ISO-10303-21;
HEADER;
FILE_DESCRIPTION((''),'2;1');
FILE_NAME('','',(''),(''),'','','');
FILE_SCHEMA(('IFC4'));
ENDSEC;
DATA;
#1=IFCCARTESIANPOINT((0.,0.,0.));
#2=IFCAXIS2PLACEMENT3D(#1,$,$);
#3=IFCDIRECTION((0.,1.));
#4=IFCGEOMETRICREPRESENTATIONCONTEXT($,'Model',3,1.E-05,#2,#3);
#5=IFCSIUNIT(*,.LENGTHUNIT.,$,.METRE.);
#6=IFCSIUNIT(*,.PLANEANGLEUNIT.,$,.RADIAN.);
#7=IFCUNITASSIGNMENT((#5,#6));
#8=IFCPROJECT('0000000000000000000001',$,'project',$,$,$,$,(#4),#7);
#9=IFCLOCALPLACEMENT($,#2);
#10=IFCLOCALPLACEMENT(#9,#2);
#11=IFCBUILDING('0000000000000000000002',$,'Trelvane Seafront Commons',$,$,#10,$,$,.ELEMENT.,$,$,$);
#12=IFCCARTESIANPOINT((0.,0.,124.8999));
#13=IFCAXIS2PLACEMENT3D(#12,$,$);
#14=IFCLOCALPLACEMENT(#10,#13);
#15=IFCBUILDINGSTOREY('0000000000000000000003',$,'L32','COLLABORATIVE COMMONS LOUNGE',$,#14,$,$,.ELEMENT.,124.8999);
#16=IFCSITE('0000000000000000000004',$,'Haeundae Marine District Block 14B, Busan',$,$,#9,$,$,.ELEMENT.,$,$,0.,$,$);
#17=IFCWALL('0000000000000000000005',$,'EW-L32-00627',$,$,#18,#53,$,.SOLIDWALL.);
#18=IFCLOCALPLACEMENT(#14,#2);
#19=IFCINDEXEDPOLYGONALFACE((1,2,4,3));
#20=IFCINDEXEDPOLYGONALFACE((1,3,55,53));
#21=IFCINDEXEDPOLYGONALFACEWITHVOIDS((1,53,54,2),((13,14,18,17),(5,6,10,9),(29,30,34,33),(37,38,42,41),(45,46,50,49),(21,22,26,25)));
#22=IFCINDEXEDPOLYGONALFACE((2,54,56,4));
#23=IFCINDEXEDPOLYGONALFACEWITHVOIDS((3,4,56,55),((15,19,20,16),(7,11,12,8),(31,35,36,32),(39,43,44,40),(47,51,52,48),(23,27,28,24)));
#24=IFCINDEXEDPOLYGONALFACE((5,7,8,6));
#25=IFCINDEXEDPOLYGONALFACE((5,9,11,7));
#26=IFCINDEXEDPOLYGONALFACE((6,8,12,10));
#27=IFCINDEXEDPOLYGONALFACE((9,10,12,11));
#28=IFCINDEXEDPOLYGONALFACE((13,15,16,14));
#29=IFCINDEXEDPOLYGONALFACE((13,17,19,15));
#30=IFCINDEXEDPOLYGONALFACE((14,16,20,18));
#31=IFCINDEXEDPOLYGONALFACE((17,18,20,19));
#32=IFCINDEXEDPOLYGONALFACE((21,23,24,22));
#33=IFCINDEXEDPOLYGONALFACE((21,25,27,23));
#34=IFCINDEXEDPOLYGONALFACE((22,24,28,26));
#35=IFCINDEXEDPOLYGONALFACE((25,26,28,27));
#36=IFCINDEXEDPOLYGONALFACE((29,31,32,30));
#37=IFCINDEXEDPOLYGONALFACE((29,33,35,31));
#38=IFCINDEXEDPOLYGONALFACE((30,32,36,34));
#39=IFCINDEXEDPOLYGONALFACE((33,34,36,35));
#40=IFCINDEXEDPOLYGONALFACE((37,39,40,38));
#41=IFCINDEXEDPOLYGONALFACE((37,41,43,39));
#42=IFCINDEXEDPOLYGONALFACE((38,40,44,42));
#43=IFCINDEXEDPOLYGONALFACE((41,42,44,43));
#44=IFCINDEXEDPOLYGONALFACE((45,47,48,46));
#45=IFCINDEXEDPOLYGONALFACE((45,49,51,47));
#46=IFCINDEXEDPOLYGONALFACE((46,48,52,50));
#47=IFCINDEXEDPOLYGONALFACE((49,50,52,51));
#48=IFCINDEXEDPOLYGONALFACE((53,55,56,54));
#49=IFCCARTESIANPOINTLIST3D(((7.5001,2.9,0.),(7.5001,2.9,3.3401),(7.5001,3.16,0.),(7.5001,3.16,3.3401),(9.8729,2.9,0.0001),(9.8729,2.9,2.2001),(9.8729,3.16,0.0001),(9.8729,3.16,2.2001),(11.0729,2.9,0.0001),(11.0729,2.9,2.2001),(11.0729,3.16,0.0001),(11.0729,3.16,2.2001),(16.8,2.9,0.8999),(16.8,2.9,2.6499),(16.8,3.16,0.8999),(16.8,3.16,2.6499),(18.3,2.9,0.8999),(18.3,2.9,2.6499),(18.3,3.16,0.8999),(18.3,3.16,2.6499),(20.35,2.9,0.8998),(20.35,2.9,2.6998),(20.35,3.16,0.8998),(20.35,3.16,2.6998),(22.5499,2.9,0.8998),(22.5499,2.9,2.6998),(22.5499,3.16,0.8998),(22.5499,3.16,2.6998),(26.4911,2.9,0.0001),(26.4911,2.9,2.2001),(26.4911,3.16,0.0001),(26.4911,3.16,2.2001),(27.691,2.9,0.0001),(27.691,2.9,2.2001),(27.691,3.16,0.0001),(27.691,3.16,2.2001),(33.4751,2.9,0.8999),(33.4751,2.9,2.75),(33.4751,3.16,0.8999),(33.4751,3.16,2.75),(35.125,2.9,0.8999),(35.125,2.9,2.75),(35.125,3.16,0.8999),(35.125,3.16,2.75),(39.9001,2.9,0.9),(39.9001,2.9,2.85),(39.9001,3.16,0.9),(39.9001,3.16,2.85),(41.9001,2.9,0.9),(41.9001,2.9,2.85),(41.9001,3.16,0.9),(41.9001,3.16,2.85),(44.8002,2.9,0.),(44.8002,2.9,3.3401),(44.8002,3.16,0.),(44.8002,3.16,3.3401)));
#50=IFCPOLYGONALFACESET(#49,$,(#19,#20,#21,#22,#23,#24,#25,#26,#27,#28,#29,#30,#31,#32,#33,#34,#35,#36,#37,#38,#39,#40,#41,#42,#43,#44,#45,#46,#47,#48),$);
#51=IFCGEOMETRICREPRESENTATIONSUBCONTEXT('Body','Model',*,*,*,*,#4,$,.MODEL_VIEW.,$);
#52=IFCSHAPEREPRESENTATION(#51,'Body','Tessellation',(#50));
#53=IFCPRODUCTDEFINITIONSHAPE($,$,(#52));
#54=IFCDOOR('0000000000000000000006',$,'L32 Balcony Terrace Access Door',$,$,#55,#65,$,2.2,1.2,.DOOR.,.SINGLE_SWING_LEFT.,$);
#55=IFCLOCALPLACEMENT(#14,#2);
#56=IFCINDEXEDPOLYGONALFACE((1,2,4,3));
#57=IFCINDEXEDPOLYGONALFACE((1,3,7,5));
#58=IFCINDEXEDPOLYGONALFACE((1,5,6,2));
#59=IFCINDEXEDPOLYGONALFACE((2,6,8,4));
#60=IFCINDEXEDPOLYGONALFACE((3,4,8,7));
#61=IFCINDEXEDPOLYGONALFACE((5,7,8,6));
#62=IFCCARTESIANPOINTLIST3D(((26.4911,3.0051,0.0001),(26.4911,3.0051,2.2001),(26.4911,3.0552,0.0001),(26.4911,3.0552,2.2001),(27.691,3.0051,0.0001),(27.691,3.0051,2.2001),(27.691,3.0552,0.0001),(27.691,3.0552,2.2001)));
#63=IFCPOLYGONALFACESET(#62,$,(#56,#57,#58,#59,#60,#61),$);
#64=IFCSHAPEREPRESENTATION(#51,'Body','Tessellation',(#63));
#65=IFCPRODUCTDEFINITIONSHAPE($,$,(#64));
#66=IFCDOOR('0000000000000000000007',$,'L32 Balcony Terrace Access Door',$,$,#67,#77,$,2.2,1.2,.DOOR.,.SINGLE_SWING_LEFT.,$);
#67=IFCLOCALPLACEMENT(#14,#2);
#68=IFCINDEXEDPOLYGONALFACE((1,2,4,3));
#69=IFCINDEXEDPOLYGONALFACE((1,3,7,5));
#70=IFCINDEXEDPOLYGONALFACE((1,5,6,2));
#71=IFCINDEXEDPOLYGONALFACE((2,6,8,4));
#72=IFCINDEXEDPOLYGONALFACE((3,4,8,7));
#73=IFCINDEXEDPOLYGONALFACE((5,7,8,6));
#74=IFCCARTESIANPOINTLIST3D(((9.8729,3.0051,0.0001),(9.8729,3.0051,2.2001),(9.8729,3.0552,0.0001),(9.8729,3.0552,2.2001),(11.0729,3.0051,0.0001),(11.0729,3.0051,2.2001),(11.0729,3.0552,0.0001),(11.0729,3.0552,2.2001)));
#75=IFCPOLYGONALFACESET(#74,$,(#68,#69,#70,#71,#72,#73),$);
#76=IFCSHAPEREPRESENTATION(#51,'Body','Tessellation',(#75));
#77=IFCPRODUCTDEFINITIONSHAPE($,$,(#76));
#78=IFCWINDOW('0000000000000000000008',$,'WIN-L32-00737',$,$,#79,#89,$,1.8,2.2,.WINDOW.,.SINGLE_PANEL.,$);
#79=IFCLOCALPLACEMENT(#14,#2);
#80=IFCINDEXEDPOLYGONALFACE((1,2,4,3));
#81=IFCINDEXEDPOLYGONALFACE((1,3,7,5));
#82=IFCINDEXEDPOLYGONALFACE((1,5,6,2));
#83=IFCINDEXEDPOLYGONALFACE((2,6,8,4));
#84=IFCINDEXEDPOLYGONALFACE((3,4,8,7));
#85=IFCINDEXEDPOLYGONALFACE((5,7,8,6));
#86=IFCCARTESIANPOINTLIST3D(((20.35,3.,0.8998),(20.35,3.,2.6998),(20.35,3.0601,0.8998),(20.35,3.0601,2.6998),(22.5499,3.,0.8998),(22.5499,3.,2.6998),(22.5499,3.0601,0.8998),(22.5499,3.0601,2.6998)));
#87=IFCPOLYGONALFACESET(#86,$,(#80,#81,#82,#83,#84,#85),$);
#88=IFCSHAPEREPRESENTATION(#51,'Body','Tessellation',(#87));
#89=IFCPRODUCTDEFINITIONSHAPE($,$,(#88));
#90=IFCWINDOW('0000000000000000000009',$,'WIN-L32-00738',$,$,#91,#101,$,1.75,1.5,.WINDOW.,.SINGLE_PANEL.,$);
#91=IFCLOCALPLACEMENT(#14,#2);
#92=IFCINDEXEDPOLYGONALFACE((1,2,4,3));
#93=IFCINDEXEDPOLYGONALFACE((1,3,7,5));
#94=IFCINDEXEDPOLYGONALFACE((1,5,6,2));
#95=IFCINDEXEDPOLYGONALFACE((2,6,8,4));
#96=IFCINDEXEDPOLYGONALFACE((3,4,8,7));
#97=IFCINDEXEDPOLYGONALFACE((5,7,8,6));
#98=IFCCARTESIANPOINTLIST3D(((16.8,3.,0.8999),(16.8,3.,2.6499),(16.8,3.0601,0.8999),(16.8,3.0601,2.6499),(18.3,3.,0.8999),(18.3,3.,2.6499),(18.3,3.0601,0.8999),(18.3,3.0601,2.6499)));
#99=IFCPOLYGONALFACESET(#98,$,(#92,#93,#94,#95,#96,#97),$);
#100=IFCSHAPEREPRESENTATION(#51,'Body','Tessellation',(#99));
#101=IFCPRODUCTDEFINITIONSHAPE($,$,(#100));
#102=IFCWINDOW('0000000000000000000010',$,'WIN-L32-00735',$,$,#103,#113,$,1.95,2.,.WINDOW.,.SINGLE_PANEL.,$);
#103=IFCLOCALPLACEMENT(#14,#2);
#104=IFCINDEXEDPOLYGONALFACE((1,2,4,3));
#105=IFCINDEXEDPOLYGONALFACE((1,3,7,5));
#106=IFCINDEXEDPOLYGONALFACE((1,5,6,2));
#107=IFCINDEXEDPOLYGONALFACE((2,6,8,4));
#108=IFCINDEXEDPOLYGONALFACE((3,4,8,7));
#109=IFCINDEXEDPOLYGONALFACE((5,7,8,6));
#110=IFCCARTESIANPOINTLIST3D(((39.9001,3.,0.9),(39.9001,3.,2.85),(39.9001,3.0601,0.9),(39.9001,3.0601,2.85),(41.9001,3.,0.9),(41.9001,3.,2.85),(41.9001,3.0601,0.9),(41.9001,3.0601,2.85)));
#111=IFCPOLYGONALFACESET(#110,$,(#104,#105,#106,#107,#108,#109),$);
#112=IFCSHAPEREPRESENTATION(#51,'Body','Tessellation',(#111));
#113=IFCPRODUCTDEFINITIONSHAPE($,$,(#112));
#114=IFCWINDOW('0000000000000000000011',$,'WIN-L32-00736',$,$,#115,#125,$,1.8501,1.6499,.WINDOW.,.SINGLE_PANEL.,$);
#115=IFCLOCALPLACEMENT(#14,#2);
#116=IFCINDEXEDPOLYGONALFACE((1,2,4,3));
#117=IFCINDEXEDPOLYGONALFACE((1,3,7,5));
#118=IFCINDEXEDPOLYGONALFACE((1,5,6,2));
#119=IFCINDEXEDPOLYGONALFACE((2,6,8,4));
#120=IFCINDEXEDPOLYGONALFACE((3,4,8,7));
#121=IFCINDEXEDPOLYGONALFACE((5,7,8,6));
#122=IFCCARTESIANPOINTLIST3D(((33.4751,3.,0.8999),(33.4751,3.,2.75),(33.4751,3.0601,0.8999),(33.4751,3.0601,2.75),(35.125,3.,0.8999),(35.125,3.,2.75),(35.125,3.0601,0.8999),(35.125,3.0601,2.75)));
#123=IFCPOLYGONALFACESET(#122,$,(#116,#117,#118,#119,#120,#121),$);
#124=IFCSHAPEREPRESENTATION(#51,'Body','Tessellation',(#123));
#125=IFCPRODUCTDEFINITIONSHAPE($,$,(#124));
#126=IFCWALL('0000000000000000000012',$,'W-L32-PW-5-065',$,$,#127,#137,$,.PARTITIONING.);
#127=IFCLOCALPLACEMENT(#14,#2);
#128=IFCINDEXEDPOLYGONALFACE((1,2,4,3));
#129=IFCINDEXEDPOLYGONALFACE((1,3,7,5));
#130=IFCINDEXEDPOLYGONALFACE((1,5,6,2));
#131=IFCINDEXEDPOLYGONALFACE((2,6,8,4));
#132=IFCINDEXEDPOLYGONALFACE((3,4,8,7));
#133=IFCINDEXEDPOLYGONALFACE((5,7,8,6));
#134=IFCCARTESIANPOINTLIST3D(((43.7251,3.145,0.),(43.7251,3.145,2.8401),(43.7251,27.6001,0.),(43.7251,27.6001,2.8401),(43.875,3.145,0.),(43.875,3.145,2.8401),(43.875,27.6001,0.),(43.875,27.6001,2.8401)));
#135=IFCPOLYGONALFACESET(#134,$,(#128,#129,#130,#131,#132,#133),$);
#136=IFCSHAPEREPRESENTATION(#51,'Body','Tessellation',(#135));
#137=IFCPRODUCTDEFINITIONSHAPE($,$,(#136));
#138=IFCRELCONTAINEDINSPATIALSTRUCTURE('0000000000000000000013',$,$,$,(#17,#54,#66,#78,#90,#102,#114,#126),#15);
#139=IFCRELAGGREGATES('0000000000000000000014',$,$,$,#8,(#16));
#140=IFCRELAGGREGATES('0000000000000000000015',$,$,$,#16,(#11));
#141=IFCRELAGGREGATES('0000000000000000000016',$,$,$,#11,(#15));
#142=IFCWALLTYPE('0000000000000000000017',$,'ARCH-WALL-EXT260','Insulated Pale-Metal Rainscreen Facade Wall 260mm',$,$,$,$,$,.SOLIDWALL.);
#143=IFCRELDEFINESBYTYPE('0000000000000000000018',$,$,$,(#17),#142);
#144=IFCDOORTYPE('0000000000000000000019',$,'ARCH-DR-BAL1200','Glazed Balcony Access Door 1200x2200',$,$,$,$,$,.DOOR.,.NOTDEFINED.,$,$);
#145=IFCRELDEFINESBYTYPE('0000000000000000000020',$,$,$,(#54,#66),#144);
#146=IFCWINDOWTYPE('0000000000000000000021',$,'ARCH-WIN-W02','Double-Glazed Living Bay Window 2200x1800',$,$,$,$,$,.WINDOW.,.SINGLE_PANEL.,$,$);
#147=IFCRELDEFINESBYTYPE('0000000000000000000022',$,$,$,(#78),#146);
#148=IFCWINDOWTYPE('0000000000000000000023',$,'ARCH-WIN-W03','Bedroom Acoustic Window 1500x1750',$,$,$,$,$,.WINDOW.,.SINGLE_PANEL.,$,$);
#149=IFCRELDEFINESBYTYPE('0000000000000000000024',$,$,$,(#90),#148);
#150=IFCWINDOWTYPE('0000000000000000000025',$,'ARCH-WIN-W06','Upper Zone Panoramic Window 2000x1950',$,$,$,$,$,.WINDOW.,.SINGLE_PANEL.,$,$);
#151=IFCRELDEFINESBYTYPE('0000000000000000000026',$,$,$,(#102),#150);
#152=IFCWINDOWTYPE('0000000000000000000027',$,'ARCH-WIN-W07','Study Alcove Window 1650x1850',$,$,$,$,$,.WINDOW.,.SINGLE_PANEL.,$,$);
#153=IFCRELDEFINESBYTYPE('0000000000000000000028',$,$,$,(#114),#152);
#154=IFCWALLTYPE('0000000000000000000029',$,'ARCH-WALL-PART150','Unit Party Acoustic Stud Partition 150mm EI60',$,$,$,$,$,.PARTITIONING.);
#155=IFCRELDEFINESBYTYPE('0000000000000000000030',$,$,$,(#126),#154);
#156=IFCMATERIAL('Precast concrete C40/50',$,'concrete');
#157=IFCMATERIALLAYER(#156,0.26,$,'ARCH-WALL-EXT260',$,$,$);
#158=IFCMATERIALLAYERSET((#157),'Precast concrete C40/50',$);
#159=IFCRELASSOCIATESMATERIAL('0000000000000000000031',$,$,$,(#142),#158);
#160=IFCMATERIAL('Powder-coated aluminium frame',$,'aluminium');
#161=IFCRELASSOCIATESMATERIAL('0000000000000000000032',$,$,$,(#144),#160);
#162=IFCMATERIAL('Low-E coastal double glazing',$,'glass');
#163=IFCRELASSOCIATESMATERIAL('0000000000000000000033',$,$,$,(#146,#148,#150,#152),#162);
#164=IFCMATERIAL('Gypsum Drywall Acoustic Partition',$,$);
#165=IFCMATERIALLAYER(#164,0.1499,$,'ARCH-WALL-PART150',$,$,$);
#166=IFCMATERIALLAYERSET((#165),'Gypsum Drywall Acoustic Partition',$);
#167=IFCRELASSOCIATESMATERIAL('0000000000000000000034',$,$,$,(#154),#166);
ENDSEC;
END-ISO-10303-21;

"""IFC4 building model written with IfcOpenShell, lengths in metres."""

from ifc_helpers import new_model, si_unit, direction, frame, frame_2d, origin, place, context, subcontext, project, spatial, rectangle, extrude, source, transform, mapped, material, layer, layer_set, type_object, element, fill, save


model = new_model("IFC4")

# Units and contexts
model_context = context("Model", 3, precision=1e-05, world=origin(), true_north=direction((0.0, 1.0)))
body_context = subcontext(model_context, "Body", "Model", "MODEL_VIEW")
ifc_project = project(units=[si_unit("LENGTHUNIT", "METRE"), si_unit("PLANEANGLEUNIT", "RADIAN")], contexts=[model_context])

# Site, building, storey
site_placement = place(None, origin())
site = spatial("IfcSite", under=ifc_project, at=site_placement, Name="Haeundae Marine District Block 14B, Busan", CompositionType="ELEMENT", RefElevation=0.0)
building_placement = place(site_placement, origin())
building = spatial("IfcBuilding", under=site, at=building_placement, Name="Trelvane Seafront Commons", CompositionType="ELEMENT")
storey_placement = place(building_placement, frame((0.0, 0.0, 124.8999)))
storey = spatial("IfcBuildingStorey", under=building, at=storey_placement, Name="L32", Description="COLLABORATIVE COMMONS LOUNGE", CompositionType="ELEMENT", Elevation=124.8999)

# Shared definitions
ifc_material_1 = material(Name="Low-E coastal double glazing", Category="glass")

# Wall, openings, doors, windows
ifc_material_2 = material(Name="Precast concrete C40/50", Category="concrete")
ifc_layer_1 = layer(ifc_material_2, 0.26, Name="ARCH-WALL-EXT260")
ifc_layer_set_1 = layer_set([ifc_layer_1], Name="Precast concrete C40/50")
wall_type_1 = type_object("IfcWallType", Name="ARCH-WALL-EXT260", Description="Insulated Pale-Metal Rainscreen Facade Wall 260mm", PredefinedType="SOLIDWALL", material=ifc_layer_set_1)
wall_1_placement = place(storey_placement, frame((44.8, 3.03, 0.0), z_axis=(0.0, 0.0, 1.0), x_axis=(-1.0, 0.0, 0.0)))
wall_1 = element("IfcWall", 1, at=wall_1_placement, inside=storey, type_object=wall_type_1, Name="EW-L32-00627", PredefinedType="SOLIDWALL", context=body_context, shape_type="SweptSolid", body=[
    extrude(rectangle(XDim=37.3, YDim=0.26, at=frame_2d((18.6499, 0.0))), origin(), (0.0, 0.0, 1.0), 3.3401),
])
opening_1_placement = place(wall_1_placement, frame((2.8999, 0.0, 0.8999)))
opening_1 = element("IfcOpeningElement", 2, at=opening_1_placement, cuts=wall_1, PredefinedType="OPENING", context=body_context, shape_type="SweptSolid", body=[
    extrude(rectangle(XDim=2.0, YDim=1.95, at=frame_2d((1.0, 0.9751))), frame((0.0, 0.1399, 0.0), z_axis=(0.0, -1.0, 0.0), x_axis=(1.0, 0.0, 0.0)), (0.0, 0.0, 1.0), 0.28),
])
opening_2_placement = place(wall_1_placement, frame((9.675, 0.0, 0.8999)))
opening_2 = element("IfcOpeningElement", 3, at=opening_2_placement, cuts=wall_1, PredefinedType="OPENING", context=body_context, shape_type="SweptSolid", body=[
    extrude(rectangle(XDim=1.6499, YDim=1.8501, at=frame_2d((0.825, 0.925))), frame((0.0, 0.1399, 0.0), z_axis=(0.0, -1.0, 0.0), x_axis=(1.0, 0.0, 0.0)), (0.0, 0.0, 1.0), 0.28),
])
opening_3_placement = place(wall_1_placement, frame((17.1089, 0.0, 0.0)))
opening_3 = element("IfcOpeningElement", 4, at=opening_3_placement, cuts=wall_1, PredefinedType="OPENING", context=body_context, shape_type="SweptSolid", body=[
    extrude(rectangle(XDim=1.2, YDim=2.2, at=frame_2d((0.6001, 1.1001))), frame((0.0, 0.1399, 0.0), z_axis=(0.0, -1.0, 0.0), x_axis=(1.0, 0.0, 0.0)), (0.0, 0.0, 1.0), 0.28),
])
opening_4_placement = place(wall_1_placement, frame((22.25, 0.0, 0.8999)))
opening_4 = element("IfcOpeningElement", 5, at=opening_4_placement, cuts=wall_1, PredefinedType="OPENING", context=body_context, shape_type="SweptSolid", body=[
    extrude(rectangle(XDim=2.2, YDim=1.8, at=frame_2d((1.1001, 0.8999))), frame((0.0, 0.1399, 0.0), z_axis=(0.0, -1.0, 0.0), x_axis=(1.0, 0.0, 0.0)), (0.0, 0.0, 1.0), 0.28),
])
opening_5_placement = place(wall_1_placement, frame((26.5, 0.0, 0.8999)))
opening_5 = element("IfcOpeningElement", 6, at=opening_5_placement, cuts=wall_1, PredefinedType="OPENING", context=body_context, shape_type="SweptSolid", body=[
    extrude(rectangle(XDim=1.5, YDim=1.75, at=frame_2d((0.75, 0.875))), frame((0.0, 0.1399, 0.0), z_axis=(0.0, -1.0, 0.0), x_axis=(1.0, 0.0, 0.0)), (0.0, 0.0, 1.0), 0.28),
])
opening_6_placement = place(wall_1_placement, frame((33.7271, 0.0, 0.0)))
opening_6 = element("IfcOpeningElement", 7, at=opening_6_placement, cuts=wall_1, PredefinedType="OPENING", context=body_context, shape_type="SweptSolid", body=[
    extrude(rectangle(XDim=1.2, YDim=2.2, at=frame_2d((0.6001, 1.1001))), frame((0.0, 0.1399, 0.0), z_axis=(0.0, -1.0, 0.0), x_axis=(1.0, 0.0, 0.0)), (0.0, 0.0, 1.0), 0.28),
])
ifc_material_3 = material(Name="Powder-coated aluminium frame", Category="aluminium")
door_type = type_object("IfcDoorType", Name="ARCH-DR-BAL1200", Description="Glazed Balcony Access Door 1200x2200", OperationType="NOTDEFINED", PredefinedType="DOOR", material=ifc_material_3)
shared_shape_1 = source(origin(), body_context, "Body", "SweptSolid", [
    extrude(rectangle(XDim=1.2, YDim=2.2, at=frame_2d((0.6001, 1.1001))), frame((0.0, 0.0249, 0.0), z_axis=(0.0, -1.0, 0.0), x_axis=(1.0, 0.0, 0.0)), (0.0, 0.0, 1.0), 0.05),
])
door_1_placement = place(opening_3_placement, origin())
door_1 = element("IfcDoor", 8, at=door_1_placement, inside=storey, type_object=door_type, Name="L32 Balcony Terrace Access Door", OperationType="SINGLE_SWING_LEFT", OverallHeight=2.2, OverallWidth=1.2, PredefinedType="DOOR", context=body_context, shape_type="MappedRepresentation", body=[
    mapped(shared_shape_1, transform((0.0, 0.0, 0.0), x_axis=(1.0, 0.0, 0.0), y_axis=(0.0, 1.0, 0.0), z_axis=(0.0, 0.0, 1.0), scale=1.0)),
])
fill(opening_3, door_1)
door_2_placement = place(opening_6_placement, origin())
door_2 = element("IfcDoor", 9, at=door_2_placement, inside=storey, type_object=door_type, Name="L32 Balcony Terrace Access Door", OperationType="SINGLE_SWING_LEFT", OverallHeight=2.2, OverallWidth=1.2, PredefinedType="DOOR", context=body_context, shape_type="MappedRepresentation", body=[
    mapped(shared_shape_1, transform((0.0, 0.0, 0.0), x_axis=(1.0, 0.0, 0.0), y_axis=(0.0, 1.0, 0.0), z_axis=(0.0, 0.0, 1.0), scale=1.0)),
])
fill(opening_6, door_2)
window_type_1 = type_object("IfcWindowType", Name="ARCH-WIN-W02", Description="Double-Glazed Living Bay Window 2200x1800", PartitioningType="SINGLE_PANEL", PredefinedType="WINDOW", material=ifc_material_1)
shared_shape_2 = source(origin(), body_context, "Body", "SweptSolid", [
    extrude(rectangle(XDim=2.2, YDim=1.8, at=frame_2d((1.1001, 0.8999))), frame((0.0, 0.03, 0.0), z_axis=(0.0, -1.0, 0.0), x_axis=(1.0, 0.0, 0.0)), (0.0, 0.0, 1.0), 0.0601),
])
window_1_placement = place(opening_4_placement, origin())
window_1 = element("IfcWindow", 10, at=window_1_placement, inside=storey, type_object=window_type_1, Name="WIN-L32-00737", OverallHeight=1.8, OverallWidth=2.2, PartitioningType="SINGLE_PANEL", PredefinedType="WINDOW", context=body_context, shape_type="MappedRepresentation", body=[
    mapped(shared_shape_2, transform((0.0, 0.0, 0.0), x_axis=(1.0, 0.0, 0.0), y_axis=(0.0, 1.0, 0.0), z_axis=(0.0, 0.0, 1.0), scale=1.0)),
])
fill(opening_4, window_1)
window_type_2 = type_object("IfcWindowType", Name="ARCH-WIN-W03", Description="Bedroom Acoustic Window 1500x1750", PartitioningType="SINGLE_PANEL", PredefinedType="WINDOW", material=ifc_material_1)
shared_shape_3 = source(origin(), body_context, "Body", "SweptSolid", [
    extrude(rectangle(XDim=1.5, YDim=1.75, at=frame_2d((0.75, 0.875))), frame((0.0, 0.03, 0.0), z_axis=(0.0, -1.0, 0.0), x_axis=(1.0, 0.0, 0.0)), (0.0, 0.0, 1.0), 0.0601),
])
window_2_placement = place(opening_5_placement, origin())
window_2 = element("IfcWindow", 11, at=window_2_placement, inside=storey, type_object=window_type_2, Name="WIN-L32-00738", OverallHeight=1.75, OverallWidth=1.5, PartitioningType="SINGLE_PANEL", PredefinedType="WINDOW", context=body_context, shape_type="MappedRepresentation", body=[
    mapped(shared_shape_3, transform((0.0, 0.0, 0.0), x_axis=(1.0, 0.0, 0.0), y_axis=(0.0, 1.0, 0.0), z_axis=(0.0, 0.0, 1.0), scale=1.0)),
])
fill(opening_5, window_2)
window_type_3 = type_object("IfcWindowType", Name="ARCH-WIN-W06", Description="Upper Zone Panoramic Window 2000x1950", PartitioningType="SINGLE_PANEL", PredefinedType="WINDOW", material=ifc_material_1)
shared_shape_4 = source(origin(), body_context, "Body", "SweptSolid", [
    extrude(rectangle(XDim=2.0, YDim=1.95, at=frame_2d((1.0, 0.9751))), frame((0.0, 0.03, 0.0), z_axis=(0.0, -1.0, 0.0), x_axis=(1.0, 0.0, 0.0)), (0.0, 0.0, 1.0), 0.0601),
])
window_3_placement = place(opening_1_placement, origin())
window_3 = element("IfcWindow", 12, at=window_3_placement, inside=storey, type_object=window_type_3, Name="WIN-L32-00735", OverallHeight=1.95, OverallWidth=2.0, PartitioningType="SINGLE_PANEL", PredefinedType="WINDOW", context=body_context, shape_type="MappedRepresentation", body=[
    mapped(shared_shape_4, transform((0.0, 0.0, 0.0), x_axis=(1.0, 0.0, 0.0), y_axis=(0.0, 1.0, 0.0), z_axis=(0.0, 0.0, 1.0), scale=1.0)),
])
fill(opening_1, window_3)
window_type_4 = type_object("IfcWindowType", Name="ARCH-WIN-W07", Description="Study Alcove Window 1650x1850", PartitioningType="SINGLE_PANEL", PredefinedType="WINDOW", material=ifc_material_1)
shared_shape_5 = source(origin(), body_context, "Body", "SweptSolid", [
    extrude(rectangle(XDim=1.6499, YDim=1.8501, at=frame_2d((0.825, 0.925))), frame((0.0, 0.03, 0.0), z_axis=(0.0, -1.0, 0.0), x_axis=(1.0, 0.0, 0.0)), (0.0, 0.0, 1.0), 0.0601),
])
window_4_placement = place(opening_2_placement, origin())
window_4 = element("IfcWindow", 13, at=window_4_placement, inside=storey, type_object=window_type_4, Name="WIN-L32-00736", OverallHeight=1.8501, OverallWidth=1.6499, PartitioningType="SINGLE_PANEL", PredefinedType="WINDOW", context=body_context, shape_type="MappedRepresentation", body=[
    mapped(shared_shape_5, transform((0.0, 0.0, 0.0), x_axis=(1.0, 0.0, 0.0), y_axis=(0.0, 1.0, 0.0), z_axis=(0.0, 0.0, 1.0), scale=1.0)),
])
fill(opening_2, window_4)

# Wall
ifc_material_4 = material(Name="Gypsum Drywall Acoustic Partition")
ifc_layer_2 = layer(ifc_material_4, 0.1499, Name="ARCH-WALL-PART150")
ifc_layer_set_2 = layer_set([ifc_layer_2], Name="Gypsum Drywall Acoustic Partition")
wall_type_2 = type_object("IfcWallType", Name="ARCH-WALL-PART150", Description="Unit Party Acoustic Stud Partition 150mm EI60", PredefinedType="PARTITIONING", material=ifc_layer_set_2)
wall_2_placement = place(storey_placement, frame((43.8, 3.145, 0.0), z_axis=(0.0, 0.0, 1.0), x_axis=(0.0, 1.0, 0.0)))
element("IfcWall", 14, at=wall_2_placement, inside=storey, type_object=wall_type_2, Name="W-L32-PW-5-065", PredefinedType="PARTITIONING", context=body_context, shape_type="SweptSolid", body=[
    extrude(rectangle(XDim=24.4551, YDim=0.1499, at=frame_2d((12.2275, 0.0))), origin(), (0.0, 0.0, 1.0), 2.8401),
])

save(model, "model.ifc")
